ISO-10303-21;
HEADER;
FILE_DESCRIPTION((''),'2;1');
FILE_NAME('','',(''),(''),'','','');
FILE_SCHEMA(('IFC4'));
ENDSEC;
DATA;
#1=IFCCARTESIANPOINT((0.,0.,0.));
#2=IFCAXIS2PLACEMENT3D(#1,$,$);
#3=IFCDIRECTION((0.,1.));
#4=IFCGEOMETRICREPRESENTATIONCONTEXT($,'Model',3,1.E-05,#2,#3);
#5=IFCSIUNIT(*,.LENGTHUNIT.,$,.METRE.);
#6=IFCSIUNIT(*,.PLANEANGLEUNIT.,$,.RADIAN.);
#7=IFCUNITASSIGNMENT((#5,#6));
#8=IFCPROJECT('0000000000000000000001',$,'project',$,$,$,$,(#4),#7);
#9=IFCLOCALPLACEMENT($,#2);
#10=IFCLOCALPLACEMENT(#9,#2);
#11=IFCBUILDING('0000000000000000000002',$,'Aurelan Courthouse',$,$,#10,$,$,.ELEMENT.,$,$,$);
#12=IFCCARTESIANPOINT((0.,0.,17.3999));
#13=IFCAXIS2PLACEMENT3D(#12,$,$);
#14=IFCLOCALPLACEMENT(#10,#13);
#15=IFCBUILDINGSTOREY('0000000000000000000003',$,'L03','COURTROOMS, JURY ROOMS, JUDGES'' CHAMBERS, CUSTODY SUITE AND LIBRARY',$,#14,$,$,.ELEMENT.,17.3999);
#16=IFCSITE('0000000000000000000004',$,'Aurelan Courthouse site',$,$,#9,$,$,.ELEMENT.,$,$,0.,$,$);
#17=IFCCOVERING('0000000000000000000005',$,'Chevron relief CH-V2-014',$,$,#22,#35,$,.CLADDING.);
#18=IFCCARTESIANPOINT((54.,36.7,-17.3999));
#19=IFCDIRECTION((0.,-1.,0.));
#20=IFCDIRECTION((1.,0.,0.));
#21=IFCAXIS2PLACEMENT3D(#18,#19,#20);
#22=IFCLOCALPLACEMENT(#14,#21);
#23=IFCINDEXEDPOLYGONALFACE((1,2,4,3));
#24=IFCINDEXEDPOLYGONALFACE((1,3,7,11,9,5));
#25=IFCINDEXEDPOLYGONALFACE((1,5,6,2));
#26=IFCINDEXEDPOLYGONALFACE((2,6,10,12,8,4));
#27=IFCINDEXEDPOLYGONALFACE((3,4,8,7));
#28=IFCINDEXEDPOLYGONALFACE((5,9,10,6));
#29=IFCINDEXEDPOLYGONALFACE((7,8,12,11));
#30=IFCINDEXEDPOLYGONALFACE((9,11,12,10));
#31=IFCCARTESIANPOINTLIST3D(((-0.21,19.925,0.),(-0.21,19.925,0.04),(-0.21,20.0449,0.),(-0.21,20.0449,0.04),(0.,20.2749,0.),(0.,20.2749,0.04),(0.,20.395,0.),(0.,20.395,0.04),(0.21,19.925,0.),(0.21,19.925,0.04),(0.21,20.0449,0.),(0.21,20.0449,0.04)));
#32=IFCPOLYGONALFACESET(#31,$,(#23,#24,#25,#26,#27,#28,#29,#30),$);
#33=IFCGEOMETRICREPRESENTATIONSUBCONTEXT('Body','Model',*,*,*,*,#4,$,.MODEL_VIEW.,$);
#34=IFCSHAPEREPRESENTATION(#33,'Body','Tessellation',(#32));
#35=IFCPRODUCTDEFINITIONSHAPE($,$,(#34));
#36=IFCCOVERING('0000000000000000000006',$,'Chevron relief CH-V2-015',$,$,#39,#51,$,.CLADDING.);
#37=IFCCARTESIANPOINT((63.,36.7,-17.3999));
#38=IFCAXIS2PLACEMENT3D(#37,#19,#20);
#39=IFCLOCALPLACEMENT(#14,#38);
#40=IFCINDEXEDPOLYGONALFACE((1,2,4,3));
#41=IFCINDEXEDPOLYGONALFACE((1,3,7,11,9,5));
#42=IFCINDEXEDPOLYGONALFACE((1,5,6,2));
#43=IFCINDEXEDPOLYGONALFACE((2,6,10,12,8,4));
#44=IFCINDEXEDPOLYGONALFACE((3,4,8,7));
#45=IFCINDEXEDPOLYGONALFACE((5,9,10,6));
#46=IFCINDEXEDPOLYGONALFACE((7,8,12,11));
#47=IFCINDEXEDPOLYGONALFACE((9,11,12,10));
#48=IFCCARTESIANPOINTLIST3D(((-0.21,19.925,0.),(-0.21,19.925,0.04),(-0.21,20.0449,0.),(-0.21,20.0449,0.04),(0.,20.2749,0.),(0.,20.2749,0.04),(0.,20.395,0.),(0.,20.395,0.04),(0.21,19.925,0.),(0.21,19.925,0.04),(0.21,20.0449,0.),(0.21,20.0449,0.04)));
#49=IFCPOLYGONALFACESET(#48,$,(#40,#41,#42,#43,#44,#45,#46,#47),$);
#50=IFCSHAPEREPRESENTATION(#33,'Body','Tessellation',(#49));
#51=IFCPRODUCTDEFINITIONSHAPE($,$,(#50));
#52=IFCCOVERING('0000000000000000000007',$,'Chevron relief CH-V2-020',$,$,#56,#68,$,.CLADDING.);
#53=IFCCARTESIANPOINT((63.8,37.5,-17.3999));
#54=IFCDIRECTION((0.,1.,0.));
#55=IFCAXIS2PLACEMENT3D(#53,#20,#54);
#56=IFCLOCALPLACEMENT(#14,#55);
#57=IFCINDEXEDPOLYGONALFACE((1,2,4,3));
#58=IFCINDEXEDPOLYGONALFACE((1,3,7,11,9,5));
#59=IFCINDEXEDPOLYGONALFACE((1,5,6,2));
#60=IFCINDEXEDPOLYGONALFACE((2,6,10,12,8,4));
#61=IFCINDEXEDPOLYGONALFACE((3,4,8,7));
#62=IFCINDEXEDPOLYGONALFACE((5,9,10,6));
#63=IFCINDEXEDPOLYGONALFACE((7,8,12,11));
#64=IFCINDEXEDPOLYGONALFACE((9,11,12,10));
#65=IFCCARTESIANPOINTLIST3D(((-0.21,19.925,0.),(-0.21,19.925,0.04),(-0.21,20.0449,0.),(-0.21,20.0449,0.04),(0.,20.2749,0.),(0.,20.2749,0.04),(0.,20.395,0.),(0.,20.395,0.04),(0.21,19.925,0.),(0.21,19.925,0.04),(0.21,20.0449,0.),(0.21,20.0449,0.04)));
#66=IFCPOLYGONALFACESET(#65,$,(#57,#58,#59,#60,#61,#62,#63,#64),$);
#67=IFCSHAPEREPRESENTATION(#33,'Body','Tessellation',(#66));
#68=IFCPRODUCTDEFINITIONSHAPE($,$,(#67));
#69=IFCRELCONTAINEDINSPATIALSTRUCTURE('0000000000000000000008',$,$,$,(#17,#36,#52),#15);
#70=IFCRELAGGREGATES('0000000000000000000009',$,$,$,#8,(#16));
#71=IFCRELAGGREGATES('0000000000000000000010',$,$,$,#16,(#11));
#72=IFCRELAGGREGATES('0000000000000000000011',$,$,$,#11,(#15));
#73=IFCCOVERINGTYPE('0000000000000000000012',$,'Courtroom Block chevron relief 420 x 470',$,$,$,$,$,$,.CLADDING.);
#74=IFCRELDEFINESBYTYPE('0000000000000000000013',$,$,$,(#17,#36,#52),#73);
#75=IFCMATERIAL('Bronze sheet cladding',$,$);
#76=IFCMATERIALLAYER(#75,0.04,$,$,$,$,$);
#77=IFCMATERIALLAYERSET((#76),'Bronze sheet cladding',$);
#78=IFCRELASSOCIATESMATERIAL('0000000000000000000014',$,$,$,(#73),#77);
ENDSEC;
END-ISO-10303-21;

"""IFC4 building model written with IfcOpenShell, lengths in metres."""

from ifc_helpers import new_model, si_unit, direction, frame, origin, place, context, subcontext, project, spatial, polyline, outline, extrude, material, layer, layer_set, type_object, element, save


model = new_model("IFC4")

# Units and contexts
model_context = context("Model", 3, precision=1e-05, world=origin(), true_north=direction((0.0, 1.0)))
body_context = subcontext(model_context, "Body", "Model", "MODEL_VIEW")
ifc_project = project(units=[si_unit("LENGTHUNIT", "METRE"), si_unit("PLANEANGLEUNIT", "RADIAN")], contexts=[model_context])

# Site, building, storey
site_placement = place(None, origin())
site = spatial("IfcSite", under=ifc_project, at=site_placement, Name="Aurelan Courthouse site", CompositionType="ELEMENT", RefElevation=0.0)
building_placement = place(site_placement, origin())
building = spatial("IfcBuilding", under=site, at=building_placement, Name="Aurelan Courthouse", CompositionType="ELEMENT")
storey_placement = place(building_placement, frame((0.0, 0.0, 17.3999)))
storey = spatial("IfcBuildingStorey", under=building, at=storey_placement, Name="L03", Description="COURTROOMS, JURY ROOMS, JUDGES' CHAMBERS, CUSTODY SUITE AND LIBRARY", CompositionType="ELEMENT", Elevation=17.3999)

# Coverings
ifc_material_1 = material(Name="Bronze sheet cladding")
ifc_layer_1 = layer(ifc_material_1, 0.04)
ifc_layer_set_1 = layer_set([ifc_layer_1], Name="Bronze sheet cladding")
covering_type_1 = type_object("IfcCoveringType", Name="Courtroom Block chevron relief 420 x 470", PredefinedType="CLADDING", material=ifc_layer_set_1)
for number, where, z_axis, x_axis, name in (
    (1, (54.0, 36.7, -17.3999), (0.0, -1.0, 0.0), (1.0, 0.0, 0.0), "Chevron relief CH-V2-014"),
    (2, (63.0, 36.7, -17.3999), (0.0, -1.0, 0.0), (1.0, 0.0, 0.0), "Chevron relief CH-V2-015"),
    (3, (63.8, 37.5, -17.3999), (1.0, 0.0, 0.0), (0.0, 1.0, 0.0), "Chevron relief CH-V2-020"),
):
    element("IfcCovering", number, at=place(storey_placement, frame(where, z_axis=z_axis, x_axis=x_axis)), inside=storey, type_object=covering_type_1, Name=name, PredefinedType="CLADDING", context=body_context, shape_type="SweptSolid", body=[
        extrude(outline(polyline([(-0.21, 19.925), (0.0, 20.2749), (0.21, 19.925), (0.21, 20.0449), (0.0, 20.395), (-0.21, 20.0449), (-0.21, 19.925)])), origin(), (0.0, 0.0, 1.0), 0.04),
    ])

save(model, "model.ifc")
